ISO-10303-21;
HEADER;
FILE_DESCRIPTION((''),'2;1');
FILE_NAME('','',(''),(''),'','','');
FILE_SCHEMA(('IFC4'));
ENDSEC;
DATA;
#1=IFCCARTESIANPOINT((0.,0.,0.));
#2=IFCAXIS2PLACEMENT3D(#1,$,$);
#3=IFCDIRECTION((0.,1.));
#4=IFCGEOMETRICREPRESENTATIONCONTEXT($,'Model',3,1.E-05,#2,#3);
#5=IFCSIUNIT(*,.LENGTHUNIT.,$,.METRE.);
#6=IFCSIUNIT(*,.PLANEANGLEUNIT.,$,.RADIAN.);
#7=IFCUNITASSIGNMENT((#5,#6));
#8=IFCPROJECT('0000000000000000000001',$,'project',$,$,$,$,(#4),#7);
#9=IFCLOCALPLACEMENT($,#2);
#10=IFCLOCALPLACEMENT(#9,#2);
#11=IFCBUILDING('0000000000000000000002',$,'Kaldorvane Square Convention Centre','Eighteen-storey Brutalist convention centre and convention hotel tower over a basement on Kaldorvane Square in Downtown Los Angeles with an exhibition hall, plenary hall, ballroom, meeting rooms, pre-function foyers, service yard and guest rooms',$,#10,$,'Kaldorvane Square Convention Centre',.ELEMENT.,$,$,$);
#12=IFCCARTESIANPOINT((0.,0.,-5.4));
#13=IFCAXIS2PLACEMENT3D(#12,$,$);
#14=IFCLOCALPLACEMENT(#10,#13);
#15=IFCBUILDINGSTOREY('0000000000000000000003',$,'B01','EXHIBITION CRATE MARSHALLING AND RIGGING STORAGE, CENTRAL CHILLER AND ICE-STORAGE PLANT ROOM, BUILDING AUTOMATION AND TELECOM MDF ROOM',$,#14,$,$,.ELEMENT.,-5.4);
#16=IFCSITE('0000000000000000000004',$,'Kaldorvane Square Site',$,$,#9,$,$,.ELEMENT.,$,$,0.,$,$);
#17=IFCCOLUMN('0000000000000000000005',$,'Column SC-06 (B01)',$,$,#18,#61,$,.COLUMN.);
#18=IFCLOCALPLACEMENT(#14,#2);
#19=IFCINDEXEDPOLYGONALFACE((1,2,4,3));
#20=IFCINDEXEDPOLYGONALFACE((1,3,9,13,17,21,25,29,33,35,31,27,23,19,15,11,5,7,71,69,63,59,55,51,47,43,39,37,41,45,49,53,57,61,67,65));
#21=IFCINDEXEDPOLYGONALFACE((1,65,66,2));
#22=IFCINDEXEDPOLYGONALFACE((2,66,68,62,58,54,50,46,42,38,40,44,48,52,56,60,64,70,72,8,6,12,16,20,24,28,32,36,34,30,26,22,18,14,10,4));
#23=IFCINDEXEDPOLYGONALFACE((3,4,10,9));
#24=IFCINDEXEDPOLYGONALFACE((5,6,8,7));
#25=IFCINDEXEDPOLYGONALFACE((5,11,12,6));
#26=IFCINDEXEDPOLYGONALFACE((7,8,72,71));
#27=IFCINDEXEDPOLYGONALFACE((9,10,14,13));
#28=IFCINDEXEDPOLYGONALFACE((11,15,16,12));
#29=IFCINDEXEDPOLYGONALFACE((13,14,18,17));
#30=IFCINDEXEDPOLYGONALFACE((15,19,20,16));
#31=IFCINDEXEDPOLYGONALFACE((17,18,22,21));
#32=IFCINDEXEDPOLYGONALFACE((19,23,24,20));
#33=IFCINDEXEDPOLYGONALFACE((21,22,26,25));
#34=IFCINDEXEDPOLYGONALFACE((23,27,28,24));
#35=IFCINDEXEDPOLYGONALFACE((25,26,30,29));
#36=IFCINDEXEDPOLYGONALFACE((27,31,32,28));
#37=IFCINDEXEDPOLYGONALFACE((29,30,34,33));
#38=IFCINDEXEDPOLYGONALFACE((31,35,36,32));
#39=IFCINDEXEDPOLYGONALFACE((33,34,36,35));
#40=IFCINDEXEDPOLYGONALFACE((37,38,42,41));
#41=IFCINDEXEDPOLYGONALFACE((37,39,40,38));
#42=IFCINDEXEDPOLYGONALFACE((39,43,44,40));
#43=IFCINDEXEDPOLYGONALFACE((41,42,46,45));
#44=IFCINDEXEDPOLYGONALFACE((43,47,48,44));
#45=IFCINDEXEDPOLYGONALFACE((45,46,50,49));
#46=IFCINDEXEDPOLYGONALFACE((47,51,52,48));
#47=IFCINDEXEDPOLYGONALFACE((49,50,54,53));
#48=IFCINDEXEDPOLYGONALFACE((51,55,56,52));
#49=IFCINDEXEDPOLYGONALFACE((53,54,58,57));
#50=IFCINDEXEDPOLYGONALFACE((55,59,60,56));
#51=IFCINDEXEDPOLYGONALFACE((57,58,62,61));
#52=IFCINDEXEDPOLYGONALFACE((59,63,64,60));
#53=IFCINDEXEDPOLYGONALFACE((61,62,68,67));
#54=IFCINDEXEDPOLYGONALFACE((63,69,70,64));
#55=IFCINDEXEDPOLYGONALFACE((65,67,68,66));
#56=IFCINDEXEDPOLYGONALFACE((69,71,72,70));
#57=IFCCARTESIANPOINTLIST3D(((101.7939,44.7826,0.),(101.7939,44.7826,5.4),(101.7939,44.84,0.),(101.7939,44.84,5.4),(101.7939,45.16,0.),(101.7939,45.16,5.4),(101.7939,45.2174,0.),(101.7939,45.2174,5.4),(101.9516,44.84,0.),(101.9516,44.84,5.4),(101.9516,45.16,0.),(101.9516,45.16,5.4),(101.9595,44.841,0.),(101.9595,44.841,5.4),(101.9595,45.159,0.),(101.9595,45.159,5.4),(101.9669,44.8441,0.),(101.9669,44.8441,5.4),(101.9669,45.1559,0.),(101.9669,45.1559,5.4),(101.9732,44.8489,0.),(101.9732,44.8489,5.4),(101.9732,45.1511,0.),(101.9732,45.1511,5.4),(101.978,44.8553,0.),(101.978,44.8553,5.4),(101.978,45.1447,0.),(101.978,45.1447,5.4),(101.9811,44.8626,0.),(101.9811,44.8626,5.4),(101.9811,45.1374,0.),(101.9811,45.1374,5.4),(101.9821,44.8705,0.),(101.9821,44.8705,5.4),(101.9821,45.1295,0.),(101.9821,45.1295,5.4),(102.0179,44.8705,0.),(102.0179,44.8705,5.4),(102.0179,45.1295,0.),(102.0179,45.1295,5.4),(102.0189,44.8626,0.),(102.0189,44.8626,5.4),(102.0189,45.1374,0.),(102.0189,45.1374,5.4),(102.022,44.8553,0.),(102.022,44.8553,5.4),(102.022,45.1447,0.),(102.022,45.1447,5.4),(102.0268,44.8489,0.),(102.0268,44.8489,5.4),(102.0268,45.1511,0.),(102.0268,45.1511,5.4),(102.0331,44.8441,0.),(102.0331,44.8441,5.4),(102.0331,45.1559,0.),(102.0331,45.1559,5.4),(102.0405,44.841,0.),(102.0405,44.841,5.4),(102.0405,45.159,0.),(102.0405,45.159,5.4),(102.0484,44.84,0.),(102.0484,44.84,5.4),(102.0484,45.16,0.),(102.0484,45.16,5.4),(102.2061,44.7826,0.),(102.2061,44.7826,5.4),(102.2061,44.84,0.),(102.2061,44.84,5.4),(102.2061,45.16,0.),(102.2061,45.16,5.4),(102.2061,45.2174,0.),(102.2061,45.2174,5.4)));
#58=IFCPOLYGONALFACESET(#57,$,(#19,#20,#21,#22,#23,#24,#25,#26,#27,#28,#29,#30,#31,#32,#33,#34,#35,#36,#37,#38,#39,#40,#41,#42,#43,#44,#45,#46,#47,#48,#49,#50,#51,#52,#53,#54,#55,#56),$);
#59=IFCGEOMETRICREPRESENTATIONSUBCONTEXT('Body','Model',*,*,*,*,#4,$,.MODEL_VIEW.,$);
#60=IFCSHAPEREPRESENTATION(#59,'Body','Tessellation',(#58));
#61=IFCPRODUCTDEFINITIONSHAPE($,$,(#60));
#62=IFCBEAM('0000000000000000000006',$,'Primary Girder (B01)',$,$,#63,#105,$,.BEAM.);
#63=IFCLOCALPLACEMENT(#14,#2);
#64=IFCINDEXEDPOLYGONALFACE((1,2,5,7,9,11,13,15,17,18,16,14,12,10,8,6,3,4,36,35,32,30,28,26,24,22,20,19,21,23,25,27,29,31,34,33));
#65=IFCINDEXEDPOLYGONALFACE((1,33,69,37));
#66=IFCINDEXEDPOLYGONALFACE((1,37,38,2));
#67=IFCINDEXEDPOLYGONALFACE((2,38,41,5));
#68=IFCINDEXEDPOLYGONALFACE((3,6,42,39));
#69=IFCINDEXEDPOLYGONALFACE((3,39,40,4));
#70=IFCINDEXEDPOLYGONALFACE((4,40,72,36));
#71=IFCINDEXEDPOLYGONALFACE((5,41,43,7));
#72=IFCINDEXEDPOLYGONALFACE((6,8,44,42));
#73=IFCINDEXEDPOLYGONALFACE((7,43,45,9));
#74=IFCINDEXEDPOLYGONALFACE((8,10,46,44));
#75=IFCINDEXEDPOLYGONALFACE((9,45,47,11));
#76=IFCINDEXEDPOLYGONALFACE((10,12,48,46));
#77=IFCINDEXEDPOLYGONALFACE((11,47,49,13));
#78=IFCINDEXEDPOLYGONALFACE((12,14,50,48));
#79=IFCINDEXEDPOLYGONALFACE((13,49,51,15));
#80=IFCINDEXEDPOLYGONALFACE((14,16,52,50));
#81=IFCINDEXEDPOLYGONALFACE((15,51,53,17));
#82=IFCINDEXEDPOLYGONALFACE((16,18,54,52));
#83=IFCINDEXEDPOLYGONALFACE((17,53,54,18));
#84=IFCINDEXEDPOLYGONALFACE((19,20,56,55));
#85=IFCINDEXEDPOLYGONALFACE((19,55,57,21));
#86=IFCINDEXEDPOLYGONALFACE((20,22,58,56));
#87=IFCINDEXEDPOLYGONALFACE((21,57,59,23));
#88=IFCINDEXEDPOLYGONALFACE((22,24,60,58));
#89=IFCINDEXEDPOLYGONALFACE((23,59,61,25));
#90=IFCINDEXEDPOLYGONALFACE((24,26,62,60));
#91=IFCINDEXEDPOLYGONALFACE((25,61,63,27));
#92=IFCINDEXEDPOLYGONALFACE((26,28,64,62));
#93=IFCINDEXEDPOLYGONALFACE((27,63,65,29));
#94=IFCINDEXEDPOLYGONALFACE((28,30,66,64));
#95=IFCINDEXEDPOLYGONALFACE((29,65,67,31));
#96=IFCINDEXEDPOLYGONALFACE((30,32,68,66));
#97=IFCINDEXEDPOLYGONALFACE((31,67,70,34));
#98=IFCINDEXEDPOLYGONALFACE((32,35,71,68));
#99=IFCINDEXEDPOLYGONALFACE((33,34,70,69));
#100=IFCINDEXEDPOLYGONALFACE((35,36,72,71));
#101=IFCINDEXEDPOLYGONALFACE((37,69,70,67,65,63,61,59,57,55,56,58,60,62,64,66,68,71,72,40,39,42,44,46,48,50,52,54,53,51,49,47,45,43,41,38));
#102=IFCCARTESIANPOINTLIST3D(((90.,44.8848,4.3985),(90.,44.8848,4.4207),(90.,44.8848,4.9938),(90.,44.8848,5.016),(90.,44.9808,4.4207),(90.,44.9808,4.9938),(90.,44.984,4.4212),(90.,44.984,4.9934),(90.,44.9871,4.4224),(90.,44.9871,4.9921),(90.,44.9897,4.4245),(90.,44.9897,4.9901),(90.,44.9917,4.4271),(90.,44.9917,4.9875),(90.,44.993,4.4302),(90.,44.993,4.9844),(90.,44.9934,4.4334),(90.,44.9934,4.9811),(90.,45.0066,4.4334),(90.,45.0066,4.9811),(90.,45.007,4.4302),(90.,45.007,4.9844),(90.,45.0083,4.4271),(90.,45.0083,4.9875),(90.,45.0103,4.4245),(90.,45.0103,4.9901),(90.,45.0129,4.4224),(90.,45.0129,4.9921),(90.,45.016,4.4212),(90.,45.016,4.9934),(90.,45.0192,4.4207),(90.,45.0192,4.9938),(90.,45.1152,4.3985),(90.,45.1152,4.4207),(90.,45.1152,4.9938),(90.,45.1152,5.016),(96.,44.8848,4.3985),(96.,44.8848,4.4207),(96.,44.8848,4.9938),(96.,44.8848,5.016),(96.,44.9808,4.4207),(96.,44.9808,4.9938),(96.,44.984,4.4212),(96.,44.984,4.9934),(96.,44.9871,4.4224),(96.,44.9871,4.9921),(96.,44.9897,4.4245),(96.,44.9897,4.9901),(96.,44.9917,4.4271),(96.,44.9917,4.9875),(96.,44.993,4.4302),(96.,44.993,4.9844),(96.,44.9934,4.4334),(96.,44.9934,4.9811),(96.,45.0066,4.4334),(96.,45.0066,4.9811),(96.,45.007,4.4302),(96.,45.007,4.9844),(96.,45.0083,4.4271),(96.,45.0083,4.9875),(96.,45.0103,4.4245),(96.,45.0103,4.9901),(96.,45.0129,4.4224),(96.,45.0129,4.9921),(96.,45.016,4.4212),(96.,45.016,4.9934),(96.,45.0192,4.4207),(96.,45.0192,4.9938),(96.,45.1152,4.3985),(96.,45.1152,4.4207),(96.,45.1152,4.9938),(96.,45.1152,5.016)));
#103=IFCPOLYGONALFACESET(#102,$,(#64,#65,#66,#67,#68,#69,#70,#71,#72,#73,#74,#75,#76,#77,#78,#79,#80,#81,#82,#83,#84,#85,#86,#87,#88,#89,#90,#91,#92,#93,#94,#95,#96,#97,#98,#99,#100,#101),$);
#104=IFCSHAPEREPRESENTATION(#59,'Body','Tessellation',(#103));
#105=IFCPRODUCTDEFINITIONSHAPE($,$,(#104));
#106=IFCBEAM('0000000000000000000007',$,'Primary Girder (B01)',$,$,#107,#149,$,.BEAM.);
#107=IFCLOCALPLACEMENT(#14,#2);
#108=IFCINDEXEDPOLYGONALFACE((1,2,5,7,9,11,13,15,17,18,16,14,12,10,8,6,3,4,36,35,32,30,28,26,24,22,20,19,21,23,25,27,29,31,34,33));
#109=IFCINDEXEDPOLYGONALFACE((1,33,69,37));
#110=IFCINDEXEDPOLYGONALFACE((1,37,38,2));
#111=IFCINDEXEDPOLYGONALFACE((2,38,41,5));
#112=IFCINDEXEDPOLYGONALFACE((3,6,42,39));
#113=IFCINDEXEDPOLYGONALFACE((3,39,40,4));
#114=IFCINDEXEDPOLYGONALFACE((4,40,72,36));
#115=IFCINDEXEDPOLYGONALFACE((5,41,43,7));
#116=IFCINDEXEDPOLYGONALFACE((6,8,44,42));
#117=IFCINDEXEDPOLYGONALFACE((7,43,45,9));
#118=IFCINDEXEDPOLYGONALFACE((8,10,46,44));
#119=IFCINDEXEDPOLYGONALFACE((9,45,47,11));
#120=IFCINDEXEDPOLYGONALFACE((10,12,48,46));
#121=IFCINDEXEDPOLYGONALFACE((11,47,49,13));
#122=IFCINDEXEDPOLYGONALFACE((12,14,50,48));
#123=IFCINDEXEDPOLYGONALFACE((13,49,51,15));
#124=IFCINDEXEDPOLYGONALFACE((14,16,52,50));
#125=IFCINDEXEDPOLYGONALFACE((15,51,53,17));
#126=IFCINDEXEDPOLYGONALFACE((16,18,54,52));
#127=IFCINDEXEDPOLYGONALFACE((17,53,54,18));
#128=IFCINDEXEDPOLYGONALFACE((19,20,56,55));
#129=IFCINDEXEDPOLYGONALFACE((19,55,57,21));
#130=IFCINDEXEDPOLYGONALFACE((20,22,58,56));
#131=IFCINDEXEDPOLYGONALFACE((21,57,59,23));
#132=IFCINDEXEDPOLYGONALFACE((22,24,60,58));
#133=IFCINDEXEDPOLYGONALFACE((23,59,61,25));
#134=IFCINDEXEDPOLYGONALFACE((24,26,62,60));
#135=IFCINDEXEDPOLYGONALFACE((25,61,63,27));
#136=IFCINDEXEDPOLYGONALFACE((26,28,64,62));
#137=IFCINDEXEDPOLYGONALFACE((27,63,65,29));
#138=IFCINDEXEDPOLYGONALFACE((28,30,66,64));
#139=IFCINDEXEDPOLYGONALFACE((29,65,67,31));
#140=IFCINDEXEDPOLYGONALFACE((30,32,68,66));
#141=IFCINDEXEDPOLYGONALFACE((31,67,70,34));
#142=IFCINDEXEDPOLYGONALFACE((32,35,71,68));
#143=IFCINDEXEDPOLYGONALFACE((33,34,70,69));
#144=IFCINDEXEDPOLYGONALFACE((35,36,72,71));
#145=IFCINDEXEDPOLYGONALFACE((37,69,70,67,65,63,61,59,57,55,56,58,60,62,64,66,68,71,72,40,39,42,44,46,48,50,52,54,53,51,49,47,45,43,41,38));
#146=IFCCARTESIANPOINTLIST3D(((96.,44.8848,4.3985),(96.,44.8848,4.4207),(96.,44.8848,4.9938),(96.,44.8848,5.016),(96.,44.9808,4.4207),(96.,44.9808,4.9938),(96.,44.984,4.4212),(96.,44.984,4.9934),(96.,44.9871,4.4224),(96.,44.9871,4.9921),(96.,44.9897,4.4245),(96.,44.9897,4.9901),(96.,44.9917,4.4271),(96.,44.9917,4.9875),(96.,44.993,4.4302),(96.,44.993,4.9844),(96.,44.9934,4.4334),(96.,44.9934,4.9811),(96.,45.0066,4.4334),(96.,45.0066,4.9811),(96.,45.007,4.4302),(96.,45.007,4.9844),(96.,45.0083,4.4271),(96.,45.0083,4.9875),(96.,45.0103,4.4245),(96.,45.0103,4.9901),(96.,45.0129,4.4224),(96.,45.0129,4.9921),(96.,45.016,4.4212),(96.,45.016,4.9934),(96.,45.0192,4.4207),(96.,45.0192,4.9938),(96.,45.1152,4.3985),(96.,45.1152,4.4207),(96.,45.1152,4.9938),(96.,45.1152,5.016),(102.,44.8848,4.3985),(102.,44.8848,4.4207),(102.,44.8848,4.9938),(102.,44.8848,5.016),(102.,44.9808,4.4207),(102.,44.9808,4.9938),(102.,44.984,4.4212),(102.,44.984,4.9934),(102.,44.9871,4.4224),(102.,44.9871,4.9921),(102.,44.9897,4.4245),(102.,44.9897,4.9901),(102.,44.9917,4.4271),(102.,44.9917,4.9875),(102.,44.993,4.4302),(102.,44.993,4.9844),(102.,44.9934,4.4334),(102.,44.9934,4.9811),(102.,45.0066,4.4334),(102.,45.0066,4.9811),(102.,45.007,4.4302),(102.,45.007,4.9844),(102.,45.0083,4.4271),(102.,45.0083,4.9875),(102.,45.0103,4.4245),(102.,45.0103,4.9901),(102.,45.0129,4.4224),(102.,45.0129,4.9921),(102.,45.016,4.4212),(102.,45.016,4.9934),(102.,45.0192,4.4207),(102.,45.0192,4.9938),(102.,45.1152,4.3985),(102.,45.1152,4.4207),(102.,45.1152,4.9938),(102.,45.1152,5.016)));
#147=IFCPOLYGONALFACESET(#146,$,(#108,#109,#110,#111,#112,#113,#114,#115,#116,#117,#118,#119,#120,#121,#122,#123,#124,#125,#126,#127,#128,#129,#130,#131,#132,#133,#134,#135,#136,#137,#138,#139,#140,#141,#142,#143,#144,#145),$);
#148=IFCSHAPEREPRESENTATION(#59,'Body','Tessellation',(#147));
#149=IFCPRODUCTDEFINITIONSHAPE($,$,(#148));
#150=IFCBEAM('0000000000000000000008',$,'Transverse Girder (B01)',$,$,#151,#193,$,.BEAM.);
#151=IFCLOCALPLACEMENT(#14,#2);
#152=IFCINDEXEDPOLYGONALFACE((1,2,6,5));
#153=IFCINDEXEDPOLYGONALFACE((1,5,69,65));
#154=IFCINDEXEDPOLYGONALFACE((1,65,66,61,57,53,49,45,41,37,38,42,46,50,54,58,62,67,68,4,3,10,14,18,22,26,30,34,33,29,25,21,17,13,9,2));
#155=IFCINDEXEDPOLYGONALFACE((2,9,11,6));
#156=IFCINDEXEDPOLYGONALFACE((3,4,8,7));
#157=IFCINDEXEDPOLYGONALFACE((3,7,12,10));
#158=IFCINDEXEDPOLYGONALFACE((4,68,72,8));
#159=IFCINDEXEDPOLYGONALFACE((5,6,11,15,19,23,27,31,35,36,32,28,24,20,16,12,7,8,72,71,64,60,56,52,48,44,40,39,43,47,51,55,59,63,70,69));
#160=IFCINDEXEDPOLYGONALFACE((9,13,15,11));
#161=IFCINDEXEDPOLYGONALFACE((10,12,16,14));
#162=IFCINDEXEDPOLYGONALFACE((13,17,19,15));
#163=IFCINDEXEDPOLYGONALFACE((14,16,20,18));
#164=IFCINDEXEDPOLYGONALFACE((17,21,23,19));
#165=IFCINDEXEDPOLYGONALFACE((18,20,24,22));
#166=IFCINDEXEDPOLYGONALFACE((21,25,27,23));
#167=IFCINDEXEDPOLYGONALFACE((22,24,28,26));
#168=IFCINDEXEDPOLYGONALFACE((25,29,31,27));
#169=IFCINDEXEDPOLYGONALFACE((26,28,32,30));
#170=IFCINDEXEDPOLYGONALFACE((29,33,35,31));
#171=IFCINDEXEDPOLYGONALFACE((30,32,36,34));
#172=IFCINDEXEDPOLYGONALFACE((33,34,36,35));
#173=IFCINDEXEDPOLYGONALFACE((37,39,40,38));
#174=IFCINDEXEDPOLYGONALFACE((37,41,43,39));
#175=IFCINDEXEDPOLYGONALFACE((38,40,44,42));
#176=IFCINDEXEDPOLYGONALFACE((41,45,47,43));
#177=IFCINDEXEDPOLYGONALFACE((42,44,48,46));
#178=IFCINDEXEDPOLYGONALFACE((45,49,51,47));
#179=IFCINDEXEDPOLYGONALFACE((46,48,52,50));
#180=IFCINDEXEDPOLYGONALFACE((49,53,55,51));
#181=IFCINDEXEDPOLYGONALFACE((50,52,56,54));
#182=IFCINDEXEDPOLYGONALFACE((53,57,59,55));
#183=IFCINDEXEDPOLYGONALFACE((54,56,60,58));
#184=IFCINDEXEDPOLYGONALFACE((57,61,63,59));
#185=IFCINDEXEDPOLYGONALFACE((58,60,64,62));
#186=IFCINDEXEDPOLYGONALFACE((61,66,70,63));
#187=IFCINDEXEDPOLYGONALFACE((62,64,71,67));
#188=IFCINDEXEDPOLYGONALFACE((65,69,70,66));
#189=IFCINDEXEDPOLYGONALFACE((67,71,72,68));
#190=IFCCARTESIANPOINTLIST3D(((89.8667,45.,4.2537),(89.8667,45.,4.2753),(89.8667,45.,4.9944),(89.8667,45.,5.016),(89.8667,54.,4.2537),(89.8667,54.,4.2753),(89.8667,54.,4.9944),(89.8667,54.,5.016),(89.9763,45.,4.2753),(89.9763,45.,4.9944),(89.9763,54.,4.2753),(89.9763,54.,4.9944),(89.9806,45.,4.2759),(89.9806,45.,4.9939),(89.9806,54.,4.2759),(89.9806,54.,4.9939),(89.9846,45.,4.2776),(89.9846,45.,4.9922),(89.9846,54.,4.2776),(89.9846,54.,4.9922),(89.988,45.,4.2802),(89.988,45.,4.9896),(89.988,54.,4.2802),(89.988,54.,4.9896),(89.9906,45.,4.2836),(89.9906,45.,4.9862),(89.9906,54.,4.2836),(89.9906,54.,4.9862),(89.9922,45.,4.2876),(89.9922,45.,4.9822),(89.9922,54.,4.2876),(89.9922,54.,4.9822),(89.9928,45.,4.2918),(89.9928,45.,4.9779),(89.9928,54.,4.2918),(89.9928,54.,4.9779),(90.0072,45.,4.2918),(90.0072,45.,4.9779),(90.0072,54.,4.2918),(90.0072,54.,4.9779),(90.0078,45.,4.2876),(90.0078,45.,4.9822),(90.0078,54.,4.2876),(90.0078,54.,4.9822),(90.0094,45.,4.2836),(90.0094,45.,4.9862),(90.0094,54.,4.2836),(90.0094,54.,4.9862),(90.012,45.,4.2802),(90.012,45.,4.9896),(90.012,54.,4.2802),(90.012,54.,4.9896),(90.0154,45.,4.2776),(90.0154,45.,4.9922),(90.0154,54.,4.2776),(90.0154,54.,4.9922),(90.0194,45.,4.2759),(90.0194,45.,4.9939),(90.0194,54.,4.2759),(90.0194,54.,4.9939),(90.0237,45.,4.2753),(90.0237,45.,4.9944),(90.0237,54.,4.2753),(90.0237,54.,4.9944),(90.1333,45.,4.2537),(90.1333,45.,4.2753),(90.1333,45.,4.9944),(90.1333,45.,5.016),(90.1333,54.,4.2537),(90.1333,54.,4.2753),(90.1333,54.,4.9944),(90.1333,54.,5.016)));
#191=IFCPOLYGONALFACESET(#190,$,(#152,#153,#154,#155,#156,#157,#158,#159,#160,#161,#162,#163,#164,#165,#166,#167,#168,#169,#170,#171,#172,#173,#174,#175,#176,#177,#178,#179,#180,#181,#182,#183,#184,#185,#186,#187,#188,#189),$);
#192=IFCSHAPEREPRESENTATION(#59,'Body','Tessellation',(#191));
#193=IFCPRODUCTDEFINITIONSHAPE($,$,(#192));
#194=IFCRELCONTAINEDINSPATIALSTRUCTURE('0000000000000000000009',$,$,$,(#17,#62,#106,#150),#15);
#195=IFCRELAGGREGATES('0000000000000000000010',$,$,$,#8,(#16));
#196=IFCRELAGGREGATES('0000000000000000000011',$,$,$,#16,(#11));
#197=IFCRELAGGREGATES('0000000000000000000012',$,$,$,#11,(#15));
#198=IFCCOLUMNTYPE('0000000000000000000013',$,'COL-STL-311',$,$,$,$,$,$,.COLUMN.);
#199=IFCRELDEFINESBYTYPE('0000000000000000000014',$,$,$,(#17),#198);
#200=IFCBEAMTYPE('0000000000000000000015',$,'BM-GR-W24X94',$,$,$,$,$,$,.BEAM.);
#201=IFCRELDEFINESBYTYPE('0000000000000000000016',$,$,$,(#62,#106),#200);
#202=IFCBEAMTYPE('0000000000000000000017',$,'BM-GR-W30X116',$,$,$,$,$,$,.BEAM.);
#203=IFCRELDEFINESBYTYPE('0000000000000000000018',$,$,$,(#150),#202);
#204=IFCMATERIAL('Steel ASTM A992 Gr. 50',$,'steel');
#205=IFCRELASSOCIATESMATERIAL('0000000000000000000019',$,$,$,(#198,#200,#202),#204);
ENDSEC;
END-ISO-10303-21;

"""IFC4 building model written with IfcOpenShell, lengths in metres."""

from ifc_helpers import new_model, si_unit, direction, frame, origin, origin_2d, place, context, subcontext, project, spatial, i_section, extrude, material, material_profile, profile_set, type_object, element, save


model = new_model("IFC4")

# Units and contexts
model_context = context("Model", 3, precision=1e-05, world=origin(), true_north=direction((0.0, 1.0)))
body_context = subcontext(model_context, "Body", "Model", "MODEL_VIEW")
ifc_project = project(units=[si_unit("LENGTHUNIT", "METRE"), si_unit("PLANEANGLEUNIT", "RADIAN")], contexts=[model_context])

# Site, building, storey
site_placement = place(None, origin())
site = spatial("IfcSite", under=ifc_project, at=site_placement, Name="Kaldorvane Square Site", CompositionType="ELEMENT", RefElevation=0.0)
building_placement = place(site_placement, origin())
building = spatial("IfcBuilding", under=site, at=building_placement, Name="Kaldorvane Square Convention Centre", Description="Eighteen-storey Brutalist convention centre and convention hotel tower over a basement on Kaldorvane Square in Downtown Los Angeles with an exhibition hall, plenary hall, ballroom, meeting rooms, pre-function foyers, service yard and guest rooms", LongName="Kaldorvane Square Convention Centre", CompositionType="ELEMENT")
storey_placement = place(building_placement, frame((0.0, 0.0, -5.4)))
storey = spatial("IfcBuildingStorey", under=building, at=storey_placement, Name="B01", Description="EXHIBITION CRATE MARSHALLING AND RIGGING STORAGE, CENTRAL CHILLER AND ICE-STORAGE PLANT ROOM, BUILDING AUTOMATION AND TELECOM MDF ROOM", CompositionType="ELEMENT", Elevation=-5.4)

# Column
ifc_material_1 = material(Name="Steel ASTM A992 Gr. 50", Category="steel")
ifc_material_profile_1 = material_profile(ifc_material_1, i_section(OverallWidth=0.4122, OverallDepth=0.4348, WebThickness=0.0358, FlangeThickness=0.0574, FilletRadius=0.0305, at=origin_2d()), Name="W14X311")
ifc_profile_set_1 = profile_set([ifc_material_profile_1], Name="Steel ASTM A992 Gr. 50")
column_type = type_object("IfcColumnType", Name="COL-STL-311", PredefinedType="COLUMN", material=ifc_profile_set_1)
for number, where, z_axis, x_axis, name in (
    (1, (102.0, 45.0, 0.0), (0.0, 0.0, 1.0), (1.0, 0.0, 0.0), "Column SC-06 (B01)"),
):
    element("IfcColumn", number, at=place(storey_placement, frame(where, z_axis=z_axis, x_axis=x_axis)), inside=storey, type_object=column_type, Name=name, PredefinedType="COLUMN", context=body_context, shape_type="SweptSolid", body=[
        extrude(i_section(OverallWidth=0.4122, OverallDepth=0.4348, WebThickness=0.0358, FlangeThickness=0.0574, FilletRadius=0.0305, at=origin_2d()), origin(), (0.0, 0.0, 1.0), 5.4),
    ])

# Beams
ifc_material_profile_2 = material_profile(ifc_material_1, i_section(OverallWidth=0.2303, OverallDepth=0.6175, WebThickness=0.0131, FlangeThickness=0.0222, FilletRadius=0.0127, at=origin_2d()), Name="W24X94")
ifc_profile_set_2 = profile_set([ifc_material_profile_2], Name="Steel ASTM A992 Gr. 50")
beam_type_1 = type_object("IfcBeamType", Name="BM-GR-W24X94", PredefinedType="BEAM", material=ifc_profile_set_2)
for number, where, z_axis, x_axis, name in (
    (2, (90.0, 45.0, 4.7073), (1.0, 0.0, 0.0), (0.0, 1.0, 0.0), "Primary Girder (B01)"),
    (3, (96.0, 45.0, 4.7073), (1.0, 0.0, 0.0), (0.0, 1.0, 0.0), "Primary Girder (B01)"),
):
    element("IfcBeam", number, at=place(storey_placement, frame(where, z_axis=z_axis, x_axis=x_axis)), inside=storey, type_object=beam_type_1, Name=name, PredefinedType="BEAM", context=body_context, shape_type="SweptSolid", body=[
        extrude(i_section(OverallWidth=0.2303, OverallDepth=0.6175, WebThickness=0.0131, FlangeThickness=0.0222, FilletRadius=0.0127, at=origin_2d()), origin(), (0.0, 0.0, 1.0), 6.0),
    ])
ifc_material_profile_3 = material_profile(ifc_material_1, i_section(OverallWidth=0.2666, OverallDepth=0.7623, WebThickness=0.0144, FlangeThickness=0.0216, FilletRadius=0.0165, at=origin_2d()), Name="W30X116")
ifc_profile_set_3 = profile_set([ifc_material_profile_3], Name="Steel ASTM A992 Gr. 50")
beam_type_2 = type_object("IfcBeamType", Name="BM-GR-W30X116", PredefinedType="BEAM", material=ifc_profile_set_3)
for number, where, z_axis, x_axis, name in (
    (4, (90.0, 45.0, 4.6349), (0.0, 1.0, 0.0), (-1.0, 0.0, 0.0), "Transverse Girder (B01)"),
):
    element("IfcBeam", number, at=place(storey_placement, frame(where, z_axis=z_axis, x_axis=x_axis)), inside=storey, type_object=beam_type_2, Name=name, PredefinedType="BEAM", context=body_context, shape_type="SweptSolid", body=[
        extrude(i_section(OverallWidth=0.2666, OverallDepth=0.7623, WebThickness=0.0144, FlangeThickness=0.0216, FilletRadius=0.0165, at=origin_2d()), origin(), (0.0, 0.0, 1.0), 9.0),
    ])

save(model, "model.ifc")
